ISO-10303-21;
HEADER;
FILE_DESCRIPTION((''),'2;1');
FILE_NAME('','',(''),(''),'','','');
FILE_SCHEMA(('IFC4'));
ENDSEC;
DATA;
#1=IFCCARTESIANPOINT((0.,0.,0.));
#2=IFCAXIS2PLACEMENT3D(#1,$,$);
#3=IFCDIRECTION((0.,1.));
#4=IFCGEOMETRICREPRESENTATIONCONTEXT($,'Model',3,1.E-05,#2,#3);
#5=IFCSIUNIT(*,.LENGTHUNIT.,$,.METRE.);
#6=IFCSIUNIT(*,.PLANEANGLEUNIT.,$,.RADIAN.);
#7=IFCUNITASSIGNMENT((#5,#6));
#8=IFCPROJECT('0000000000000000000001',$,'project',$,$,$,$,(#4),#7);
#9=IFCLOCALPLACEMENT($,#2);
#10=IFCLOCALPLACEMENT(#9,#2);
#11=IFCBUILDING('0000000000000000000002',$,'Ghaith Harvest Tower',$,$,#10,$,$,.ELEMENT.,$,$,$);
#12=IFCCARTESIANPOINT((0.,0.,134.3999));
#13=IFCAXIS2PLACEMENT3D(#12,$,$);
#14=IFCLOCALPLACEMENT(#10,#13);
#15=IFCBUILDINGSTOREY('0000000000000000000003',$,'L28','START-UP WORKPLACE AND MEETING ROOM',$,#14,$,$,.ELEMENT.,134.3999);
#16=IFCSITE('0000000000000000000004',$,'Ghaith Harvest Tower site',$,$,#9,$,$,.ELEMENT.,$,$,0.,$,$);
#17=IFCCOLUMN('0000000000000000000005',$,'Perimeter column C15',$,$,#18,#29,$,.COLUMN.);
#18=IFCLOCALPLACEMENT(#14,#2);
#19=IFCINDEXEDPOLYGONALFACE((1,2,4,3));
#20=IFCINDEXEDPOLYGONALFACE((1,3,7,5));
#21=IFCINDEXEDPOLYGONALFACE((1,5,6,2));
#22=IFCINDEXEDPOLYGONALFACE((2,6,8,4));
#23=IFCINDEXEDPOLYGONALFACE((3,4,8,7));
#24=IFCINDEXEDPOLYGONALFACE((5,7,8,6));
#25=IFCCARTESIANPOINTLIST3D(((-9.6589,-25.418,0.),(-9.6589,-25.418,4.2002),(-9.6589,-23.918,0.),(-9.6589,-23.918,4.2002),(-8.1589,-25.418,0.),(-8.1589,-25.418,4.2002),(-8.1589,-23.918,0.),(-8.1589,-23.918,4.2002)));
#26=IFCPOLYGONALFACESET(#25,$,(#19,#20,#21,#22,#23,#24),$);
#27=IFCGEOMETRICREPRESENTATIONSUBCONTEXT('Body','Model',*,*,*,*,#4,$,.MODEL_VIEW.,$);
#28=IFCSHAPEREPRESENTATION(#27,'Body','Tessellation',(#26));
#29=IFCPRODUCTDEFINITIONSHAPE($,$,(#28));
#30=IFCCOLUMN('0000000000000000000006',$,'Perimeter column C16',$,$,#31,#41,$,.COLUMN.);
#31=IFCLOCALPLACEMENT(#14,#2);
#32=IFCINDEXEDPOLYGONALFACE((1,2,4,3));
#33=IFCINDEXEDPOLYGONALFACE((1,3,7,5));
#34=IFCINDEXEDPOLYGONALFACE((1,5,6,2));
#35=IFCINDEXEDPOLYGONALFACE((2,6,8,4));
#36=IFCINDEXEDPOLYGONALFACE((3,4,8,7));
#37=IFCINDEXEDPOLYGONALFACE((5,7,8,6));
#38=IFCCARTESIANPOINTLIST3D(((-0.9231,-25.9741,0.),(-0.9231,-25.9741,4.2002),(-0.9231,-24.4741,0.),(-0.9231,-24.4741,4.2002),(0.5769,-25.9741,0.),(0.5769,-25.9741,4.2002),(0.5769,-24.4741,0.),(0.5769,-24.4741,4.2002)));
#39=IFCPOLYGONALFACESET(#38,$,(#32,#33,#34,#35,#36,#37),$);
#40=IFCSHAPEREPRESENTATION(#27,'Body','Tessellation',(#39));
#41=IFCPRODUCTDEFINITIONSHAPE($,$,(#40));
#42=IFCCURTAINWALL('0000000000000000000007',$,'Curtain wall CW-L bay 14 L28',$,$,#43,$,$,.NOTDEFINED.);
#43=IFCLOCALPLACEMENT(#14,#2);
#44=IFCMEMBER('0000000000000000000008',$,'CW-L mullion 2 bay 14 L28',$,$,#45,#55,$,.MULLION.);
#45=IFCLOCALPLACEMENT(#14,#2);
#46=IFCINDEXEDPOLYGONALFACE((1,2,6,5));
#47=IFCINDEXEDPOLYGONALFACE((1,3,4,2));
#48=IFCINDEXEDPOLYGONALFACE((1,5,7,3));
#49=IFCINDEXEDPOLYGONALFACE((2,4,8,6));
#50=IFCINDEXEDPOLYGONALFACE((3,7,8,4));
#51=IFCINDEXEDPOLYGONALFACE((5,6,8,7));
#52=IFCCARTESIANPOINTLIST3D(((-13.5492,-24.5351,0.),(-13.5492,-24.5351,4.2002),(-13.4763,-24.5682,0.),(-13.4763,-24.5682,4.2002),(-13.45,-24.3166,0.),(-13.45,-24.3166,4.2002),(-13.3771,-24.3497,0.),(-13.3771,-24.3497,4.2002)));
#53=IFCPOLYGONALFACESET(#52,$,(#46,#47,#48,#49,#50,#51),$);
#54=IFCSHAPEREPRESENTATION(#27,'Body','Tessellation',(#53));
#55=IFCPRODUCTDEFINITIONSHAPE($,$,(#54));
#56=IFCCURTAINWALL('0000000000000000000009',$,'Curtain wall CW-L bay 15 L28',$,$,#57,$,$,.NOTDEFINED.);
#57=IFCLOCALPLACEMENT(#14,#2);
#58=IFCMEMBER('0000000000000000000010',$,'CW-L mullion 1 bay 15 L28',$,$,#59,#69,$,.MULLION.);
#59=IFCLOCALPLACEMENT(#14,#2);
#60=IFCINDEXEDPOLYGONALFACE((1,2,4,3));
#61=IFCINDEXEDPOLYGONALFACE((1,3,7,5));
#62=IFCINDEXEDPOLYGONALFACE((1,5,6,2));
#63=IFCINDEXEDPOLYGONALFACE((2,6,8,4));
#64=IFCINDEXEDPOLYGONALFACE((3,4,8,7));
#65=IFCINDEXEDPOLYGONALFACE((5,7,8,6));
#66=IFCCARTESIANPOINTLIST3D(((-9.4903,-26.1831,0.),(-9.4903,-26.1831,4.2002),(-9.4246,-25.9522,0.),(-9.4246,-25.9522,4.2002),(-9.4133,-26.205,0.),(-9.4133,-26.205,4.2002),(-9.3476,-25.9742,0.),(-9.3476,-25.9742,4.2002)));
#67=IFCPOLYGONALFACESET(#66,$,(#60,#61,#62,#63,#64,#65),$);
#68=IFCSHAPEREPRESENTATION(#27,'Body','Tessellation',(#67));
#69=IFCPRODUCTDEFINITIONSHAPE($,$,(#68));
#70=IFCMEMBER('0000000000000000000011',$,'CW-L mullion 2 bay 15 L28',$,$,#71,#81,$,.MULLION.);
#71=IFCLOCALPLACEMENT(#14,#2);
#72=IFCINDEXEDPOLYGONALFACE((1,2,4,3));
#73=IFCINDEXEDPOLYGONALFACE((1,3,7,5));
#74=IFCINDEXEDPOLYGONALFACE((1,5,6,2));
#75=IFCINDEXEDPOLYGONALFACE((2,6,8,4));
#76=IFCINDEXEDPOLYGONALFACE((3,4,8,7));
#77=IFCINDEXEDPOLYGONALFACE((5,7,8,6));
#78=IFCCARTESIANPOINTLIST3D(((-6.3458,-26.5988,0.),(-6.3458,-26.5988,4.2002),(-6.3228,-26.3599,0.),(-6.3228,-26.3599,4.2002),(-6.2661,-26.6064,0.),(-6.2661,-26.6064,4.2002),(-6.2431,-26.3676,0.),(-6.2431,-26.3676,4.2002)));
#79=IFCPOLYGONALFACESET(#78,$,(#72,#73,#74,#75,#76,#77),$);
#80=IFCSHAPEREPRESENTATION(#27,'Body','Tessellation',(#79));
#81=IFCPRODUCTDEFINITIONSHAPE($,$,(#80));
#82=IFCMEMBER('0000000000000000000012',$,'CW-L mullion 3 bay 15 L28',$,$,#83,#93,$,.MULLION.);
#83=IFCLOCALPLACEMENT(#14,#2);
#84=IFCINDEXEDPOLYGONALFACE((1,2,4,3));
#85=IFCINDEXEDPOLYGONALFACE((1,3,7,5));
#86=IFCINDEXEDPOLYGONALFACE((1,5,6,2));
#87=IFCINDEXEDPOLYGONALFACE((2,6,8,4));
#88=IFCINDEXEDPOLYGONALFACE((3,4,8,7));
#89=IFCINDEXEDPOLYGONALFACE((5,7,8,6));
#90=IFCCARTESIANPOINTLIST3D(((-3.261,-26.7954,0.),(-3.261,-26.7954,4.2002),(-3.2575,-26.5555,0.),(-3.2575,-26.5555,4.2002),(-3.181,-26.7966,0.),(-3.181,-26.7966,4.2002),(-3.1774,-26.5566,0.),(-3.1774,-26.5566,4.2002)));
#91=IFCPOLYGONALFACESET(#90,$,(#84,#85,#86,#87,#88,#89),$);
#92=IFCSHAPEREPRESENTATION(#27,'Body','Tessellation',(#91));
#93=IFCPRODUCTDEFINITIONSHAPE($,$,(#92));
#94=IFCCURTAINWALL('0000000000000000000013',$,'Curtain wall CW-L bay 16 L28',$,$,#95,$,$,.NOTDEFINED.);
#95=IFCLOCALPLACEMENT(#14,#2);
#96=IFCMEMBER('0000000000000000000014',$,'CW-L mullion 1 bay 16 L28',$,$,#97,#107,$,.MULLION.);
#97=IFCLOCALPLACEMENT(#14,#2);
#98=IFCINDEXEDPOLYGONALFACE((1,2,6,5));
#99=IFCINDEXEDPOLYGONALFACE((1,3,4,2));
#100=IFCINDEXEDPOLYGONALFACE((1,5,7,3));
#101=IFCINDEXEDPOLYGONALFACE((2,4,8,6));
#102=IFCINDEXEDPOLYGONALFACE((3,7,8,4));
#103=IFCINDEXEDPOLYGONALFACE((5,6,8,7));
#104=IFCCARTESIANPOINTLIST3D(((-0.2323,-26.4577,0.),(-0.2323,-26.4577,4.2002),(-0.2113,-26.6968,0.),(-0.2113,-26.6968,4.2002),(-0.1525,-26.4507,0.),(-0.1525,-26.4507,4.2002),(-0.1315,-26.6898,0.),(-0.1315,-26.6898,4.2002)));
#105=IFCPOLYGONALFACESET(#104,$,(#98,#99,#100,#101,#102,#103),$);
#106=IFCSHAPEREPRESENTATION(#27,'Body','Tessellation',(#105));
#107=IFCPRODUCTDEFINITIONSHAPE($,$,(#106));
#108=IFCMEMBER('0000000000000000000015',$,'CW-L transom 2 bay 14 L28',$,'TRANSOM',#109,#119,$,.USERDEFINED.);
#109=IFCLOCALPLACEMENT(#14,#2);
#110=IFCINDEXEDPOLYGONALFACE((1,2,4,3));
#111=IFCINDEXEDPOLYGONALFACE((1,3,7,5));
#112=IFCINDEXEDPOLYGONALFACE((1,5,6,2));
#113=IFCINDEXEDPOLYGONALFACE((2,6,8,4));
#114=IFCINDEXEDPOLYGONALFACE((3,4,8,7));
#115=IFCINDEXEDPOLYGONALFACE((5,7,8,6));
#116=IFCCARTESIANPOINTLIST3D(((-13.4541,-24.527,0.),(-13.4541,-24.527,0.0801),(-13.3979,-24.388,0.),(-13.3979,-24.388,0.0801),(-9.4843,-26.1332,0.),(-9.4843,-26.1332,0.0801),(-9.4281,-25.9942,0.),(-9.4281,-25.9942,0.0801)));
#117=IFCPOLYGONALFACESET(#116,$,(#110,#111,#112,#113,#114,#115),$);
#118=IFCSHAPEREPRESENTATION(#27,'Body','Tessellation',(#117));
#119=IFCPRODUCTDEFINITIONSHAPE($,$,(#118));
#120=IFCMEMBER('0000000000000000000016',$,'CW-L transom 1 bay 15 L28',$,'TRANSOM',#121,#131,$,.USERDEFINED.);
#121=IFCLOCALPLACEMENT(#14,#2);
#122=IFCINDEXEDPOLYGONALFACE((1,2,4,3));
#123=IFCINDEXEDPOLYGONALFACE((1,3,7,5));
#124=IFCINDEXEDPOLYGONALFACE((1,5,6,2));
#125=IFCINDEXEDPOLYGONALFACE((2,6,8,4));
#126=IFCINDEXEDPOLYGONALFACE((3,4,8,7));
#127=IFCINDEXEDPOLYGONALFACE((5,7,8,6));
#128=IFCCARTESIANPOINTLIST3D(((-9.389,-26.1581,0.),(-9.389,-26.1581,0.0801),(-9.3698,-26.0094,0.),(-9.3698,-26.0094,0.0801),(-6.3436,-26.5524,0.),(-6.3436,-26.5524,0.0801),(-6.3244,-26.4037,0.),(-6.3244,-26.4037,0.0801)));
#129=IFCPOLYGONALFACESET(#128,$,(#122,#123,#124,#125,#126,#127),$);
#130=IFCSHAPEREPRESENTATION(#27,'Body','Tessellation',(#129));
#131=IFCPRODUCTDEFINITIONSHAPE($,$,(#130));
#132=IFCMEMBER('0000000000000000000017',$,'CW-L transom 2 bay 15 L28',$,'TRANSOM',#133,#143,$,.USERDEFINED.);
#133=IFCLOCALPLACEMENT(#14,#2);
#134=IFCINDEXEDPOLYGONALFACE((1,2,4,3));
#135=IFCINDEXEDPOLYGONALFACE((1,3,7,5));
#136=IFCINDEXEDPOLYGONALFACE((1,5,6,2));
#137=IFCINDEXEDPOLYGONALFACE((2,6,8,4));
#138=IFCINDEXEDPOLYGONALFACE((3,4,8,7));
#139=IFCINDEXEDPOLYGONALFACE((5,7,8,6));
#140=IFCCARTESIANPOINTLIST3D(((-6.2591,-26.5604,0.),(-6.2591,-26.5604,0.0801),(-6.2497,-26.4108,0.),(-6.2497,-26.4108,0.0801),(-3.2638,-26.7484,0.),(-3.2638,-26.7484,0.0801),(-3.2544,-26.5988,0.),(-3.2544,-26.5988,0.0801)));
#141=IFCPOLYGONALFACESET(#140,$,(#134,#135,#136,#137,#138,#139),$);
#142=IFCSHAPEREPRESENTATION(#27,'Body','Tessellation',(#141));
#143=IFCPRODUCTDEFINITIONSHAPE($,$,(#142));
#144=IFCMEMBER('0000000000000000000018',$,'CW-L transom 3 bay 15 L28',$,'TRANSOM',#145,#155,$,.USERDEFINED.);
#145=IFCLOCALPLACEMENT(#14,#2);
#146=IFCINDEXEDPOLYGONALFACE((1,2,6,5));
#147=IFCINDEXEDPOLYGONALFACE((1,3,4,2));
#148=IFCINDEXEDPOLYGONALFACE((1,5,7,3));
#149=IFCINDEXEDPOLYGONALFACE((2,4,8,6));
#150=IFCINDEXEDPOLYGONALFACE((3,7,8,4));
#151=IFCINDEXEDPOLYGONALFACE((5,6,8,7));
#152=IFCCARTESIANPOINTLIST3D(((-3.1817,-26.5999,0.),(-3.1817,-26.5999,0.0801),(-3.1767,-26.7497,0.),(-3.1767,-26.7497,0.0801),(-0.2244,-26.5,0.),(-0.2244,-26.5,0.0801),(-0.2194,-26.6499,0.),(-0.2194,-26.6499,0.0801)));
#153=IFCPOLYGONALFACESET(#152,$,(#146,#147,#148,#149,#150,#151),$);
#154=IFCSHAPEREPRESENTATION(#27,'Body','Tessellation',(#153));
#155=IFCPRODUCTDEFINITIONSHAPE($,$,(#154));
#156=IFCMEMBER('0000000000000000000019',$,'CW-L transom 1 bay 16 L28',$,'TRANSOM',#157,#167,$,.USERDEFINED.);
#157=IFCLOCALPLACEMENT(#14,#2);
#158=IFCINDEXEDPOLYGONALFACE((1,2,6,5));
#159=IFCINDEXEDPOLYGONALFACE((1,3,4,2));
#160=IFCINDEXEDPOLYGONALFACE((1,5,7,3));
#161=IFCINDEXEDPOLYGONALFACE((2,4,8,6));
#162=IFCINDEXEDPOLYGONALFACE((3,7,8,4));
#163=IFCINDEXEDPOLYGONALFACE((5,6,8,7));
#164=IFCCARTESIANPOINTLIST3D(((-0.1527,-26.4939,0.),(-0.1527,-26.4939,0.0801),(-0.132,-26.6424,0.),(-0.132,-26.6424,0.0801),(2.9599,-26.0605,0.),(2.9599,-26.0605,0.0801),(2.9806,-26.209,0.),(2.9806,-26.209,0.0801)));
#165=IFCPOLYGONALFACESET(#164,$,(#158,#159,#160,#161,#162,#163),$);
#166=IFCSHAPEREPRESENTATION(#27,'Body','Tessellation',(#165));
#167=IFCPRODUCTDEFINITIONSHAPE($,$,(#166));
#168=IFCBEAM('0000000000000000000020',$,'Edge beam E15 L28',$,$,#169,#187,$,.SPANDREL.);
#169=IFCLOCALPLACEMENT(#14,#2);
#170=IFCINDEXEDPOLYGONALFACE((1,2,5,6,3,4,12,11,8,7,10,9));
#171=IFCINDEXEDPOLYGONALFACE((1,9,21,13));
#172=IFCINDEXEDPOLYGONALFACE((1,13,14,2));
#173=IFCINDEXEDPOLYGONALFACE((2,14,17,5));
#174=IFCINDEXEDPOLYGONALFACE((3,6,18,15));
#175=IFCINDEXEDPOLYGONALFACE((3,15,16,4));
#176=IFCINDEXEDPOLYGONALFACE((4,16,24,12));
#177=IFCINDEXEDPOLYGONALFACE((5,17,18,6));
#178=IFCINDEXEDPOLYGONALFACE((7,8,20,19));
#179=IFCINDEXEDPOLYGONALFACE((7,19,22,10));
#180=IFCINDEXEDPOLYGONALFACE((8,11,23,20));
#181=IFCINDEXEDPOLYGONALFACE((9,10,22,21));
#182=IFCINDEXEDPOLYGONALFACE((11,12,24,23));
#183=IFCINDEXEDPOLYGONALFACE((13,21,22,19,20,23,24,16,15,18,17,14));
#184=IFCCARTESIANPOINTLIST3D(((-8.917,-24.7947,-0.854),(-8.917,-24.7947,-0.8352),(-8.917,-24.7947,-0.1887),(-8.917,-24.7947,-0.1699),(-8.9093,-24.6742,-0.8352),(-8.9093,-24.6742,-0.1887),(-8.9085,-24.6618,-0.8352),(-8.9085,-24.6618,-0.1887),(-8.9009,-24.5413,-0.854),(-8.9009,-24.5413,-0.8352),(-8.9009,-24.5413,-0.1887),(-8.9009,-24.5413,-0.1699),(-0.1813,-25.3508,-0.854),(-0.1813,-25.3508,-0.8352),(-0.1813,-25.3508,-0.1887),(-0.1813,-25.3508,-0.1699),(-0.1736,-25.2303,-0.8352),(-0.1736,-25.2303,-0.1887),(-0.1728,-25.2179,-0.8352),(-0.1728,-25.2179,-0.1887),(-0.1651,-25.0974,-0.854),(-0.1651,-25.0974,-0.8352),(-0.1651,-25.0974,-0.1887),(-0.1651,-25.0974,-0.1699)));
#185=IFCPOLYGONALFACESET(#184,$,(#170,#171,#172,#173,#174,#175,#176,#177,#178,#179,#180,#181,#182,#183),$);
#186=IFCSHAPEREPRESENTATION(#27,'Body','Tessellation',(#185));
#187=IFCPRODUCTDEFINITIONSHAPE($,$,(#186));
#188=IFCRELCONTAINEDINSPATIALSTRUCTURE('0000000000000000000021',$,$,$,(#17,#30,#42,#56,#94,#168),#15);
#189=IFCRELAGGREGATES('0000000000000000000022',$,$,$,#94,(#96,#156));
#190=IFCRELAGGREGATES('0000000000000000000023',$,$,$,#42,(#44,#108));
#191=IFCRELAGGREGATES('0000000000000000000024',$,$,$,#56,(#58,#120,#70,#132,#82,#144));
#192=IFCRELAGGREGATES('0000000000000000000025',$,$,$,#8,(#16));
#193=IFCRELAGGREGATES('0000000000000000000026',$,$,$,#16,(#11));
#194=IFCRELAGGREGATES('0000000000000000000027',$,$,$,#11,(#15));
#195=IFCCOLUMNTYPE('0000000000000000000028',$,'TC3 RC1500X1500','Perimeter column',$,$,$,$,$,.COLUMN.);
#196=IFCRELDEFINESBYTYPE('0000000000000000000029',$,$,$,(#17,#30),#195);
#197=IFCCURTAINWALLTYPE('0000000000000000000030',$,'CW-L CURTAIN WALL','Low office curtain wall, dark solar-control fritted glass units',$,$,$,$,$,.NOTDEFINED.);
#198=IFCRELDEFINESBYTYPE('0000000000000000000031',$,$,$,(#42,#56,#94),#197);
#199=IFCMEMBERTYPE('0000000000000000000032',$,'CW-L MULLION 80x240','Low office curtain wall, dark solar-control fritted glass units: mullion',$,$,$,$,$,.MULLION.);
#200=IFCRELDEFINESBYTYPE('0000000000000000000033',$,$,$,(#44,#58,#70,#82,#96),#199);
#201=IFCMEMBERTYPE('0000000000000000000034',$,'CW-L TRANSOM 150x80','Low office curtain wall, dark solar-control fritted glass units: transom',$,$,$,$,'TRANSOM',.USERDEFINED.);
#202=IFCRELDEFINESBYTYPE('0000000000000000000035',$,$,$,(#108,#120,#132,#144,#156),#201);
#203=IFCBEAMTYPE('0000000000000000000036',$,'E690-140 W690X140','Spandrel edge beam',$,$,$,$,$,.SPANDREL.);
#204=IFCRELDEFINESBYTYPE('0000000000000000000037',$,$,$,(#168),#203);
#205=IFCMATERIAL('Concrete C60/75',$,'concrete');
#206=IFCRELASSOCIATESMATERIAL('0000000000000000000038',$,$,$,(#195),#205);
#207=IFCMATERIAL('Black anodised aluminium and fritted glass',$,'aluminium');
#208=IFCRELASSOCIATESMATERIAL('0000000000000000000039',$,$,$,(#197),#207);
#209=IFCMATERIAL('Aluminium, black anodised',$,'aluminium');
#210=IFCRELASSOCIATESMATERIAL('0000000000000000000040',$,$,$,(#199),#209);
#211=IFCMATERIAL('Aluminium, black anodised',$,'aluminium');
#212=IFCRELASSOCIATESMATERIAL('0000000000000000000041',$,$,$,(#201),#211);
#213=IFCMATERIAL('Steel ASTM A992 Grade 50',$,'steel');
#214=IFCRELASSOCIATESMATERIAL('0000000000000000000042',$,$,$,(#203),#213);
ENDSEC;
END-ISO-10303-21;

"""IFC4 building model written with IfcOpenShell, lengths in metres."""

from ifc_helpers import new_model, si_unit, direction, frame, origin, origin_2d, place, context, subcontext, project, spatial, rectangle, i_section, extrude, material, material_profile, profile_set, type_object, element, aggregate, save


model = new_model("IFC4")

# Units and contexts
model_context = context("Model", 3, precision=1e-05, world=origin(), true_north=direction((0.0, 1.0)))
body_context = subcontext(model_context, "Body", "Model", "MODEL_VIEW")
ifc_project = project(units=[si_unit("LENGTHUNIT", "METRE"), si_unit("PLANEANGLEUNIT", "RADIAN")], contexts=[model_context])

# Site, building, storey
site_placement = place(None, origin())
site = spatial("IfcSite", under=ifc_project, at=site_placement, Name="Ghaith Harvest Tower site", CompositionType="ELEMENT", RefElevation=0.0)
building_placement = place(site_placement, origin())
building = spatial("IfcBuilding", under=site, at=building_placement, Name="Ghaith Harvest Tower", CompositionType="ELEMENT")
storey_placement = place(building_placement, frame((0.0, 0.0, 134.3999)))
storey = spatial("IfcBuildingStorey", under=building, at=storey_placement, Name="L28", Description="START-UP WORKPLACE AND MEETING ROOM", CompositionType="ELEMENT", Elevation=134.3999)

# Columns
ifc_material_1 = material(Name="Concrete C60/75", Category="concrete")
ifc_material_profile_1 = material_profile(ifc_material_1, rectangle(XDim=1.5, YDim=1.5, at=origin_2d()), Name="RC1500X1500")
ifc_profile_set_1 = profile_set([ifc_material_profile_1], Name="Concrete C60/75")
column_type = type_object("IfcColumnType", Name="TC3 RC1500X1500", Description="Perimeter column", PredefinedType="COLUMN", material=ifc_profile_set_1)
for number, where, z_axis, x_axis, name in (
    (1, (-8.9089, -24.668, 0.0), (0.0, 0.0, 1.0), (1.0, 0.0, 0.0), "Perimeter column C15"),
    (2, (-0.1731, -25.2241, 0.0), (0.0, 0.0, 1.0), (1.0, 0.0, 0.0), "Perimeter column C16"),
):
    element("IfcColumn", number, at=place(storey_placement, frame(where, z_axis=z_axis, x_axis=x_axis)), inside=storey, type_object=column_type, Name=name, PredefinedType="COLUMN", context=body_context, shape_type="SweptSolid", body=[
        extrude(rectangle(XDim=1.5, YDim=1.5, at=origin_2d()), origin(), (0.0, 0.0, 1.0), 4.2002),
    ])

# Curtain wall, member
ifc_material_2 = material(Name="Black anodised aluminium and fritted glass", Category="aluminium")
curtain_wall_type = type_object("IfcCurtainWallType", Name="CW-L CURTAIN WALL", Description="Low office curtain wall, dark solar-control fritted glass units", PredefinedType="NOTDEFINED", material=ifc_material_2)
curtain_wall_1_placement = place(storey_placement, origin())
curtain_wall_1 = element("IfcCurtainWall", 3, at=curtain_wall_1_placement, inside=storey, type_object=curtain_wall_type, Name="Curtain wall CW-L bay 14 L28", PredefinedType="NOTDEFINED")
ifc_material_3 = material(Name="Aluminium, black anodised", Category="aluminium")
ifc_material_profile_2 = material_profile(ifc_material_3, rectangle(XDim=0.0801, YDim=0.24, at=origin_2d()), Name="CW-L MULLION 80x240")
ifc_profile_set_2 = profile_set([ifc_material_profile_2], Name="Aluminium, black anodised")
member_type_1 = type_object("IfcMemberType", Name="CW-L MULLION 80x240", Description="Low office curtain wall, dark solar-control fritted glass units: mullion", PredefinedType="MULLION", material=ifc_profile_set_2)
member_1_placement = place(storey_placement, frame((-13.4631, -24.4424, 0.0), z_axis=(0.0, 0.0, 1.0), x_axis=(0.910648, -0.413183, 0.0)))
member_1 = element("IfcMember", 4, at=member_1_placement, type_object=member_type_1, Name="CW-L mullion 2 bay 14 L28", PredefinedType="MULLION", context=body_context, shape_type="SweptSolid", body=[
    extrude(rectangle(XDim=0.0801, YDim=0.24, at=origin_2d()), origin(), (0.0, 0.0, 1.0), 4.2002),
])

# Curtain wall, members
curtain_wall_2_placement = place(storey_placement, origin())
curtain_wall_2 = element("IfcCurtainWall", 5, at=curtain_wall_2_placement, inside=storey, type_object=curtain_wall_type, Name="Curtain wall CW-L bay 15 L28", PredefinedType="NOTDEFINED")
member_2_placement = place(storey_placement, frame((-9.4189, -26.0786, 0.0), z_axis=(0.0, 0.0, 1.0), x_axis=(0.961789, -0.273793, 0.0)))
member_2 = element("IfcMember", 6, at=member_2_placement, type_object=member_type_1, Name="CW-L mullion 1 bay 15 L28", PredefinedType="MULLION", context=body_context, shape_type="SweptSolid", body=[
    extrude(rectangle(XDim=0.0801, YDim=0.24, at=origin_2d()), origin(), (0.0, 0.0, 1.0), 4.2002),
])
member_3_placement = place(storey_placement, frame((-6.2944, -26.4832, 0.0), z_axis=(0.0, 0.0, 1.0), x_axis=(0.995389, -0.095918, 0.0)))
member_3 = element("IfcMember", 7, at=member_3_placement, type_object=member_type_1, Name="CW-L mullion 2 bay 15 L28", PredefinedType="MULLION", context=body_context, shape_type="SweptSolid", body=[
    extrude(rectangle(XDim=0.0801, YDim=0.24, at=origin_2d()), origin(), (0.0, 0.0, 1.0), 4.2002),
])
member_4_placement = place(storey_placement, frame((-3.2192, -26.676, 0.0), z_axis=(0.0, 0.0, 1.0), x_axis=(0.999891, -0.014796, 0.0)))
member_4 = element("IfcMember", 8, at=member_4_placement, type_object=member_type_1, Name="CW-L mullion 3 bay 15 L28", PredefinedType="MULLION", context=body_context, shape_type="SweptSolid", body=[
    extrude(rectangle(XDim=0.0801, YDim=0.24, at=origin_2d()), origin(), (0.0, 0.0, 1.0), 4.2002),
])

# Curtain wall, member
curtain_wall_3_placement = place(storey_placement, origin())
curtain_wall_3 = element("IfcCurtainWall", 9, at=curtain_wall_3_placement, inside=storey, type_object=curtain_wall_type, Name="Curtain wall CW-L bay 16 L28", PredefinedType="NOTDEFINED")
member_5_placement = place(storey_placement, frame((-0.1819, -26.5737, 0.0), z_axis=(0.0, 0.0, 1.0), x_axis=(0.996169, 0.087446, 0.0)))
member_5 = element("IfcMember", 10, at=member_5_placement, type_object=member_type_1, Name="CW-L mullion 1 bay 16 L28", PredefinedType="MULLION", context=body_context, shape_type="SweptSolid", body=[
    extrude(rectangle(XDim=0.0801, YDim=0.24, at=origin_2d()), origin(), (0.0, 0.0, 1.0), 4.2002),
])

# Members
ifc_material_4 = material(Name="Aluminium, black anodised", Category="aluminium")
ifc_material_profile_3 = material_profile(ifc_material_4, rectangle(XDim=0.1499, YDim=0.0801, at=origin_2d()), Name="CW-L TRANSOM 150x80")
ifc_profile_set_3 = profile_set([ifc_material_profile_3], Name="Aluminium, black anodised")
member_type_2 = type_object("IfcMemberType", Name="CW-L TRANSOM 150x80", Description="Low office curtain wall, dark solar-control fritted glass units: transom", ElementType="TRANSOM", PredefinedType="USERDEFINED", material=ifc_profile_set_3)
member_6_placement = place(storey_placement, frame((-13.426, -24.4575, 0.04), z_axis=(0.927003, -0.375054, 0.0), x_axis=(0.375054, 0.927003, 0.0)))
member_6 = element("IfcMember", 11, at=member_6_placement, type_object=member_type_2, Name="CW-L transom 2 bay 14 L28", ObjectType="TRANSOM", PredefinedType="USERDEFINED", context=body_context, shape_type="SweptSolid", body=[
    extrude(rectangle(XDim=0.1499, YDim=0.0801, at=origin_2d()), origin(), (0.0, 0.0, 1.0), 4.2825),
])
member_7_placement = place(storey_placement, frame((-9.3794, -26.0837, 0.04), z_axis=(0.991723, -0.128398, 0.0), x_axis=(0.128398, 0.991723, 0.0)))
member_7 = element("IfcMember", 12, at=member_7_placement, type_object=member_type_2, Name="CW-L transom 1 bay 15 L28", ObjectType="TRANSOM", PredefinedType="USERDEFINED", context=body_context, shape_type="SweptSolid", body=[
    extrude(rectangle(XDim=0.1499, YDim=0.0801, at=origin_2d()), origin(), (0.0, 0.0, 1.0), 3.0708),
])
member_8_placement = place(storey_placement, frame((-6.2544, -26.4856, 0.04), z_axis=(0.998036, -0.062637, 0.0), x_axis=(0.062637, 0.998036, 0.0)))
member_8 = element("IfcMember", 13, at=member_8_placement, type_object=member_type_2, Name="CW-L transom 2 bay 15 L28", ObjectType="TRANSOM", PredefinedType="USERDEFINED", context=body_context, shape_type="SweptSolid", body=[
    extrude(rectangle(XDim=0.1499, YDim=0.0801, at=origin_2d()), origin(), (0.0, 0.0, 1.0), 3.0012),
])
member_9_placement = place(storey_placement, frame((-3.1792, -26.6748, 0.04), z_axis=(0.99943, 0.033746, 0.0), x_axis=(-0.033746, 0.99943, 0.0)))
member_9 = element("IfcMember", 14, at=member_9_placement, type_object=member_type_2, Name="CW-L transom 3 bay 15 L28", ObjectType="TRANSOM", PredefinedType="USERDEFINED", context=body_context, shape_type="SweptSolid", body=[
    extrude(rectangle(XDim=0.1499, YDim=0.0801, at=origin_2d()), origin(), (0.0, 0.0, 1.0), 2.959),
])
member_10_placement = place(storey_placement, frame((-0.1423, -26.5681, 0.04), z_axis=(0.990447, 0.137897, 0.0), x_axis=(-0.137897, 0.990447, 0.0)))
member_10 = element("IfcMember", 15, at=member_10_placement, type_object=member_type_2, Name="CW-L transom 1 bay 16 L28", ObjectType="TRANSOM", PredefinedType="USERDEFINED", context=body_context, shape_type="SweptSolid", body=[
    extrude(rectangle(XDim=0.1499, YDim=0.0801, at=origin_2d()), origin(), (0.0, 0.0, 1.0), 3.1426),
])
aggregate(curtain_wall_3, [member_5, member_10])

# Beam
ifc_material_5 = material(Name="Steel ASTM A992 Grade 50", Category="steel")
ifc_material_profile_4 = material_profile(ifc_material_5, i_section(OverallWidth=0.2539, OverallDepth=0.6841, WebThickness=0.0125, FlangeThickness=0.0188, at=origin_2d()), Name="W690X140")
ifc_profile_set_4 = profile_set([ifc_material_profile_4], Name="Steel ASTM A992 Grade 50")
beam_type_1 = type_object("IfcBeamType", Name="E690-140 W690X140", Description="Spandrel edge beam", PredefinedType="SPANDREL", material=ifc_profile_set_4)
beam_1_placement = place(storey_placement, frame((-8.9089, -24.668, -0.512), z_axis=(0.99798, -0.063535, 0.0), x_axis=(0.063535, 0.99798, 0.0)))
element("IfcBeam", 16, at=beam_1_placement, inside=storey, type_object=beam_type_1, Name="Edge beam E15 L28", PredefinedType="SPANDREL", context=body_context, shape_type="SweptSolid", body=[
    extrude(i_section(OverallWidth=0.2539, OverallDepth=0.6841, WebThickness=0.0125, FlangeThickness=0.0188, at=origin_2d()), origin(), (0.0, 0.0, 1.0), 8.7534),
])

aggregate(curtain_wall_1, [member_1, member_6])
aggregate(curtain_wall_2, [member_2, member_7, member_3, member_8, member_4, member_9])

save(model, "model.ifc")
